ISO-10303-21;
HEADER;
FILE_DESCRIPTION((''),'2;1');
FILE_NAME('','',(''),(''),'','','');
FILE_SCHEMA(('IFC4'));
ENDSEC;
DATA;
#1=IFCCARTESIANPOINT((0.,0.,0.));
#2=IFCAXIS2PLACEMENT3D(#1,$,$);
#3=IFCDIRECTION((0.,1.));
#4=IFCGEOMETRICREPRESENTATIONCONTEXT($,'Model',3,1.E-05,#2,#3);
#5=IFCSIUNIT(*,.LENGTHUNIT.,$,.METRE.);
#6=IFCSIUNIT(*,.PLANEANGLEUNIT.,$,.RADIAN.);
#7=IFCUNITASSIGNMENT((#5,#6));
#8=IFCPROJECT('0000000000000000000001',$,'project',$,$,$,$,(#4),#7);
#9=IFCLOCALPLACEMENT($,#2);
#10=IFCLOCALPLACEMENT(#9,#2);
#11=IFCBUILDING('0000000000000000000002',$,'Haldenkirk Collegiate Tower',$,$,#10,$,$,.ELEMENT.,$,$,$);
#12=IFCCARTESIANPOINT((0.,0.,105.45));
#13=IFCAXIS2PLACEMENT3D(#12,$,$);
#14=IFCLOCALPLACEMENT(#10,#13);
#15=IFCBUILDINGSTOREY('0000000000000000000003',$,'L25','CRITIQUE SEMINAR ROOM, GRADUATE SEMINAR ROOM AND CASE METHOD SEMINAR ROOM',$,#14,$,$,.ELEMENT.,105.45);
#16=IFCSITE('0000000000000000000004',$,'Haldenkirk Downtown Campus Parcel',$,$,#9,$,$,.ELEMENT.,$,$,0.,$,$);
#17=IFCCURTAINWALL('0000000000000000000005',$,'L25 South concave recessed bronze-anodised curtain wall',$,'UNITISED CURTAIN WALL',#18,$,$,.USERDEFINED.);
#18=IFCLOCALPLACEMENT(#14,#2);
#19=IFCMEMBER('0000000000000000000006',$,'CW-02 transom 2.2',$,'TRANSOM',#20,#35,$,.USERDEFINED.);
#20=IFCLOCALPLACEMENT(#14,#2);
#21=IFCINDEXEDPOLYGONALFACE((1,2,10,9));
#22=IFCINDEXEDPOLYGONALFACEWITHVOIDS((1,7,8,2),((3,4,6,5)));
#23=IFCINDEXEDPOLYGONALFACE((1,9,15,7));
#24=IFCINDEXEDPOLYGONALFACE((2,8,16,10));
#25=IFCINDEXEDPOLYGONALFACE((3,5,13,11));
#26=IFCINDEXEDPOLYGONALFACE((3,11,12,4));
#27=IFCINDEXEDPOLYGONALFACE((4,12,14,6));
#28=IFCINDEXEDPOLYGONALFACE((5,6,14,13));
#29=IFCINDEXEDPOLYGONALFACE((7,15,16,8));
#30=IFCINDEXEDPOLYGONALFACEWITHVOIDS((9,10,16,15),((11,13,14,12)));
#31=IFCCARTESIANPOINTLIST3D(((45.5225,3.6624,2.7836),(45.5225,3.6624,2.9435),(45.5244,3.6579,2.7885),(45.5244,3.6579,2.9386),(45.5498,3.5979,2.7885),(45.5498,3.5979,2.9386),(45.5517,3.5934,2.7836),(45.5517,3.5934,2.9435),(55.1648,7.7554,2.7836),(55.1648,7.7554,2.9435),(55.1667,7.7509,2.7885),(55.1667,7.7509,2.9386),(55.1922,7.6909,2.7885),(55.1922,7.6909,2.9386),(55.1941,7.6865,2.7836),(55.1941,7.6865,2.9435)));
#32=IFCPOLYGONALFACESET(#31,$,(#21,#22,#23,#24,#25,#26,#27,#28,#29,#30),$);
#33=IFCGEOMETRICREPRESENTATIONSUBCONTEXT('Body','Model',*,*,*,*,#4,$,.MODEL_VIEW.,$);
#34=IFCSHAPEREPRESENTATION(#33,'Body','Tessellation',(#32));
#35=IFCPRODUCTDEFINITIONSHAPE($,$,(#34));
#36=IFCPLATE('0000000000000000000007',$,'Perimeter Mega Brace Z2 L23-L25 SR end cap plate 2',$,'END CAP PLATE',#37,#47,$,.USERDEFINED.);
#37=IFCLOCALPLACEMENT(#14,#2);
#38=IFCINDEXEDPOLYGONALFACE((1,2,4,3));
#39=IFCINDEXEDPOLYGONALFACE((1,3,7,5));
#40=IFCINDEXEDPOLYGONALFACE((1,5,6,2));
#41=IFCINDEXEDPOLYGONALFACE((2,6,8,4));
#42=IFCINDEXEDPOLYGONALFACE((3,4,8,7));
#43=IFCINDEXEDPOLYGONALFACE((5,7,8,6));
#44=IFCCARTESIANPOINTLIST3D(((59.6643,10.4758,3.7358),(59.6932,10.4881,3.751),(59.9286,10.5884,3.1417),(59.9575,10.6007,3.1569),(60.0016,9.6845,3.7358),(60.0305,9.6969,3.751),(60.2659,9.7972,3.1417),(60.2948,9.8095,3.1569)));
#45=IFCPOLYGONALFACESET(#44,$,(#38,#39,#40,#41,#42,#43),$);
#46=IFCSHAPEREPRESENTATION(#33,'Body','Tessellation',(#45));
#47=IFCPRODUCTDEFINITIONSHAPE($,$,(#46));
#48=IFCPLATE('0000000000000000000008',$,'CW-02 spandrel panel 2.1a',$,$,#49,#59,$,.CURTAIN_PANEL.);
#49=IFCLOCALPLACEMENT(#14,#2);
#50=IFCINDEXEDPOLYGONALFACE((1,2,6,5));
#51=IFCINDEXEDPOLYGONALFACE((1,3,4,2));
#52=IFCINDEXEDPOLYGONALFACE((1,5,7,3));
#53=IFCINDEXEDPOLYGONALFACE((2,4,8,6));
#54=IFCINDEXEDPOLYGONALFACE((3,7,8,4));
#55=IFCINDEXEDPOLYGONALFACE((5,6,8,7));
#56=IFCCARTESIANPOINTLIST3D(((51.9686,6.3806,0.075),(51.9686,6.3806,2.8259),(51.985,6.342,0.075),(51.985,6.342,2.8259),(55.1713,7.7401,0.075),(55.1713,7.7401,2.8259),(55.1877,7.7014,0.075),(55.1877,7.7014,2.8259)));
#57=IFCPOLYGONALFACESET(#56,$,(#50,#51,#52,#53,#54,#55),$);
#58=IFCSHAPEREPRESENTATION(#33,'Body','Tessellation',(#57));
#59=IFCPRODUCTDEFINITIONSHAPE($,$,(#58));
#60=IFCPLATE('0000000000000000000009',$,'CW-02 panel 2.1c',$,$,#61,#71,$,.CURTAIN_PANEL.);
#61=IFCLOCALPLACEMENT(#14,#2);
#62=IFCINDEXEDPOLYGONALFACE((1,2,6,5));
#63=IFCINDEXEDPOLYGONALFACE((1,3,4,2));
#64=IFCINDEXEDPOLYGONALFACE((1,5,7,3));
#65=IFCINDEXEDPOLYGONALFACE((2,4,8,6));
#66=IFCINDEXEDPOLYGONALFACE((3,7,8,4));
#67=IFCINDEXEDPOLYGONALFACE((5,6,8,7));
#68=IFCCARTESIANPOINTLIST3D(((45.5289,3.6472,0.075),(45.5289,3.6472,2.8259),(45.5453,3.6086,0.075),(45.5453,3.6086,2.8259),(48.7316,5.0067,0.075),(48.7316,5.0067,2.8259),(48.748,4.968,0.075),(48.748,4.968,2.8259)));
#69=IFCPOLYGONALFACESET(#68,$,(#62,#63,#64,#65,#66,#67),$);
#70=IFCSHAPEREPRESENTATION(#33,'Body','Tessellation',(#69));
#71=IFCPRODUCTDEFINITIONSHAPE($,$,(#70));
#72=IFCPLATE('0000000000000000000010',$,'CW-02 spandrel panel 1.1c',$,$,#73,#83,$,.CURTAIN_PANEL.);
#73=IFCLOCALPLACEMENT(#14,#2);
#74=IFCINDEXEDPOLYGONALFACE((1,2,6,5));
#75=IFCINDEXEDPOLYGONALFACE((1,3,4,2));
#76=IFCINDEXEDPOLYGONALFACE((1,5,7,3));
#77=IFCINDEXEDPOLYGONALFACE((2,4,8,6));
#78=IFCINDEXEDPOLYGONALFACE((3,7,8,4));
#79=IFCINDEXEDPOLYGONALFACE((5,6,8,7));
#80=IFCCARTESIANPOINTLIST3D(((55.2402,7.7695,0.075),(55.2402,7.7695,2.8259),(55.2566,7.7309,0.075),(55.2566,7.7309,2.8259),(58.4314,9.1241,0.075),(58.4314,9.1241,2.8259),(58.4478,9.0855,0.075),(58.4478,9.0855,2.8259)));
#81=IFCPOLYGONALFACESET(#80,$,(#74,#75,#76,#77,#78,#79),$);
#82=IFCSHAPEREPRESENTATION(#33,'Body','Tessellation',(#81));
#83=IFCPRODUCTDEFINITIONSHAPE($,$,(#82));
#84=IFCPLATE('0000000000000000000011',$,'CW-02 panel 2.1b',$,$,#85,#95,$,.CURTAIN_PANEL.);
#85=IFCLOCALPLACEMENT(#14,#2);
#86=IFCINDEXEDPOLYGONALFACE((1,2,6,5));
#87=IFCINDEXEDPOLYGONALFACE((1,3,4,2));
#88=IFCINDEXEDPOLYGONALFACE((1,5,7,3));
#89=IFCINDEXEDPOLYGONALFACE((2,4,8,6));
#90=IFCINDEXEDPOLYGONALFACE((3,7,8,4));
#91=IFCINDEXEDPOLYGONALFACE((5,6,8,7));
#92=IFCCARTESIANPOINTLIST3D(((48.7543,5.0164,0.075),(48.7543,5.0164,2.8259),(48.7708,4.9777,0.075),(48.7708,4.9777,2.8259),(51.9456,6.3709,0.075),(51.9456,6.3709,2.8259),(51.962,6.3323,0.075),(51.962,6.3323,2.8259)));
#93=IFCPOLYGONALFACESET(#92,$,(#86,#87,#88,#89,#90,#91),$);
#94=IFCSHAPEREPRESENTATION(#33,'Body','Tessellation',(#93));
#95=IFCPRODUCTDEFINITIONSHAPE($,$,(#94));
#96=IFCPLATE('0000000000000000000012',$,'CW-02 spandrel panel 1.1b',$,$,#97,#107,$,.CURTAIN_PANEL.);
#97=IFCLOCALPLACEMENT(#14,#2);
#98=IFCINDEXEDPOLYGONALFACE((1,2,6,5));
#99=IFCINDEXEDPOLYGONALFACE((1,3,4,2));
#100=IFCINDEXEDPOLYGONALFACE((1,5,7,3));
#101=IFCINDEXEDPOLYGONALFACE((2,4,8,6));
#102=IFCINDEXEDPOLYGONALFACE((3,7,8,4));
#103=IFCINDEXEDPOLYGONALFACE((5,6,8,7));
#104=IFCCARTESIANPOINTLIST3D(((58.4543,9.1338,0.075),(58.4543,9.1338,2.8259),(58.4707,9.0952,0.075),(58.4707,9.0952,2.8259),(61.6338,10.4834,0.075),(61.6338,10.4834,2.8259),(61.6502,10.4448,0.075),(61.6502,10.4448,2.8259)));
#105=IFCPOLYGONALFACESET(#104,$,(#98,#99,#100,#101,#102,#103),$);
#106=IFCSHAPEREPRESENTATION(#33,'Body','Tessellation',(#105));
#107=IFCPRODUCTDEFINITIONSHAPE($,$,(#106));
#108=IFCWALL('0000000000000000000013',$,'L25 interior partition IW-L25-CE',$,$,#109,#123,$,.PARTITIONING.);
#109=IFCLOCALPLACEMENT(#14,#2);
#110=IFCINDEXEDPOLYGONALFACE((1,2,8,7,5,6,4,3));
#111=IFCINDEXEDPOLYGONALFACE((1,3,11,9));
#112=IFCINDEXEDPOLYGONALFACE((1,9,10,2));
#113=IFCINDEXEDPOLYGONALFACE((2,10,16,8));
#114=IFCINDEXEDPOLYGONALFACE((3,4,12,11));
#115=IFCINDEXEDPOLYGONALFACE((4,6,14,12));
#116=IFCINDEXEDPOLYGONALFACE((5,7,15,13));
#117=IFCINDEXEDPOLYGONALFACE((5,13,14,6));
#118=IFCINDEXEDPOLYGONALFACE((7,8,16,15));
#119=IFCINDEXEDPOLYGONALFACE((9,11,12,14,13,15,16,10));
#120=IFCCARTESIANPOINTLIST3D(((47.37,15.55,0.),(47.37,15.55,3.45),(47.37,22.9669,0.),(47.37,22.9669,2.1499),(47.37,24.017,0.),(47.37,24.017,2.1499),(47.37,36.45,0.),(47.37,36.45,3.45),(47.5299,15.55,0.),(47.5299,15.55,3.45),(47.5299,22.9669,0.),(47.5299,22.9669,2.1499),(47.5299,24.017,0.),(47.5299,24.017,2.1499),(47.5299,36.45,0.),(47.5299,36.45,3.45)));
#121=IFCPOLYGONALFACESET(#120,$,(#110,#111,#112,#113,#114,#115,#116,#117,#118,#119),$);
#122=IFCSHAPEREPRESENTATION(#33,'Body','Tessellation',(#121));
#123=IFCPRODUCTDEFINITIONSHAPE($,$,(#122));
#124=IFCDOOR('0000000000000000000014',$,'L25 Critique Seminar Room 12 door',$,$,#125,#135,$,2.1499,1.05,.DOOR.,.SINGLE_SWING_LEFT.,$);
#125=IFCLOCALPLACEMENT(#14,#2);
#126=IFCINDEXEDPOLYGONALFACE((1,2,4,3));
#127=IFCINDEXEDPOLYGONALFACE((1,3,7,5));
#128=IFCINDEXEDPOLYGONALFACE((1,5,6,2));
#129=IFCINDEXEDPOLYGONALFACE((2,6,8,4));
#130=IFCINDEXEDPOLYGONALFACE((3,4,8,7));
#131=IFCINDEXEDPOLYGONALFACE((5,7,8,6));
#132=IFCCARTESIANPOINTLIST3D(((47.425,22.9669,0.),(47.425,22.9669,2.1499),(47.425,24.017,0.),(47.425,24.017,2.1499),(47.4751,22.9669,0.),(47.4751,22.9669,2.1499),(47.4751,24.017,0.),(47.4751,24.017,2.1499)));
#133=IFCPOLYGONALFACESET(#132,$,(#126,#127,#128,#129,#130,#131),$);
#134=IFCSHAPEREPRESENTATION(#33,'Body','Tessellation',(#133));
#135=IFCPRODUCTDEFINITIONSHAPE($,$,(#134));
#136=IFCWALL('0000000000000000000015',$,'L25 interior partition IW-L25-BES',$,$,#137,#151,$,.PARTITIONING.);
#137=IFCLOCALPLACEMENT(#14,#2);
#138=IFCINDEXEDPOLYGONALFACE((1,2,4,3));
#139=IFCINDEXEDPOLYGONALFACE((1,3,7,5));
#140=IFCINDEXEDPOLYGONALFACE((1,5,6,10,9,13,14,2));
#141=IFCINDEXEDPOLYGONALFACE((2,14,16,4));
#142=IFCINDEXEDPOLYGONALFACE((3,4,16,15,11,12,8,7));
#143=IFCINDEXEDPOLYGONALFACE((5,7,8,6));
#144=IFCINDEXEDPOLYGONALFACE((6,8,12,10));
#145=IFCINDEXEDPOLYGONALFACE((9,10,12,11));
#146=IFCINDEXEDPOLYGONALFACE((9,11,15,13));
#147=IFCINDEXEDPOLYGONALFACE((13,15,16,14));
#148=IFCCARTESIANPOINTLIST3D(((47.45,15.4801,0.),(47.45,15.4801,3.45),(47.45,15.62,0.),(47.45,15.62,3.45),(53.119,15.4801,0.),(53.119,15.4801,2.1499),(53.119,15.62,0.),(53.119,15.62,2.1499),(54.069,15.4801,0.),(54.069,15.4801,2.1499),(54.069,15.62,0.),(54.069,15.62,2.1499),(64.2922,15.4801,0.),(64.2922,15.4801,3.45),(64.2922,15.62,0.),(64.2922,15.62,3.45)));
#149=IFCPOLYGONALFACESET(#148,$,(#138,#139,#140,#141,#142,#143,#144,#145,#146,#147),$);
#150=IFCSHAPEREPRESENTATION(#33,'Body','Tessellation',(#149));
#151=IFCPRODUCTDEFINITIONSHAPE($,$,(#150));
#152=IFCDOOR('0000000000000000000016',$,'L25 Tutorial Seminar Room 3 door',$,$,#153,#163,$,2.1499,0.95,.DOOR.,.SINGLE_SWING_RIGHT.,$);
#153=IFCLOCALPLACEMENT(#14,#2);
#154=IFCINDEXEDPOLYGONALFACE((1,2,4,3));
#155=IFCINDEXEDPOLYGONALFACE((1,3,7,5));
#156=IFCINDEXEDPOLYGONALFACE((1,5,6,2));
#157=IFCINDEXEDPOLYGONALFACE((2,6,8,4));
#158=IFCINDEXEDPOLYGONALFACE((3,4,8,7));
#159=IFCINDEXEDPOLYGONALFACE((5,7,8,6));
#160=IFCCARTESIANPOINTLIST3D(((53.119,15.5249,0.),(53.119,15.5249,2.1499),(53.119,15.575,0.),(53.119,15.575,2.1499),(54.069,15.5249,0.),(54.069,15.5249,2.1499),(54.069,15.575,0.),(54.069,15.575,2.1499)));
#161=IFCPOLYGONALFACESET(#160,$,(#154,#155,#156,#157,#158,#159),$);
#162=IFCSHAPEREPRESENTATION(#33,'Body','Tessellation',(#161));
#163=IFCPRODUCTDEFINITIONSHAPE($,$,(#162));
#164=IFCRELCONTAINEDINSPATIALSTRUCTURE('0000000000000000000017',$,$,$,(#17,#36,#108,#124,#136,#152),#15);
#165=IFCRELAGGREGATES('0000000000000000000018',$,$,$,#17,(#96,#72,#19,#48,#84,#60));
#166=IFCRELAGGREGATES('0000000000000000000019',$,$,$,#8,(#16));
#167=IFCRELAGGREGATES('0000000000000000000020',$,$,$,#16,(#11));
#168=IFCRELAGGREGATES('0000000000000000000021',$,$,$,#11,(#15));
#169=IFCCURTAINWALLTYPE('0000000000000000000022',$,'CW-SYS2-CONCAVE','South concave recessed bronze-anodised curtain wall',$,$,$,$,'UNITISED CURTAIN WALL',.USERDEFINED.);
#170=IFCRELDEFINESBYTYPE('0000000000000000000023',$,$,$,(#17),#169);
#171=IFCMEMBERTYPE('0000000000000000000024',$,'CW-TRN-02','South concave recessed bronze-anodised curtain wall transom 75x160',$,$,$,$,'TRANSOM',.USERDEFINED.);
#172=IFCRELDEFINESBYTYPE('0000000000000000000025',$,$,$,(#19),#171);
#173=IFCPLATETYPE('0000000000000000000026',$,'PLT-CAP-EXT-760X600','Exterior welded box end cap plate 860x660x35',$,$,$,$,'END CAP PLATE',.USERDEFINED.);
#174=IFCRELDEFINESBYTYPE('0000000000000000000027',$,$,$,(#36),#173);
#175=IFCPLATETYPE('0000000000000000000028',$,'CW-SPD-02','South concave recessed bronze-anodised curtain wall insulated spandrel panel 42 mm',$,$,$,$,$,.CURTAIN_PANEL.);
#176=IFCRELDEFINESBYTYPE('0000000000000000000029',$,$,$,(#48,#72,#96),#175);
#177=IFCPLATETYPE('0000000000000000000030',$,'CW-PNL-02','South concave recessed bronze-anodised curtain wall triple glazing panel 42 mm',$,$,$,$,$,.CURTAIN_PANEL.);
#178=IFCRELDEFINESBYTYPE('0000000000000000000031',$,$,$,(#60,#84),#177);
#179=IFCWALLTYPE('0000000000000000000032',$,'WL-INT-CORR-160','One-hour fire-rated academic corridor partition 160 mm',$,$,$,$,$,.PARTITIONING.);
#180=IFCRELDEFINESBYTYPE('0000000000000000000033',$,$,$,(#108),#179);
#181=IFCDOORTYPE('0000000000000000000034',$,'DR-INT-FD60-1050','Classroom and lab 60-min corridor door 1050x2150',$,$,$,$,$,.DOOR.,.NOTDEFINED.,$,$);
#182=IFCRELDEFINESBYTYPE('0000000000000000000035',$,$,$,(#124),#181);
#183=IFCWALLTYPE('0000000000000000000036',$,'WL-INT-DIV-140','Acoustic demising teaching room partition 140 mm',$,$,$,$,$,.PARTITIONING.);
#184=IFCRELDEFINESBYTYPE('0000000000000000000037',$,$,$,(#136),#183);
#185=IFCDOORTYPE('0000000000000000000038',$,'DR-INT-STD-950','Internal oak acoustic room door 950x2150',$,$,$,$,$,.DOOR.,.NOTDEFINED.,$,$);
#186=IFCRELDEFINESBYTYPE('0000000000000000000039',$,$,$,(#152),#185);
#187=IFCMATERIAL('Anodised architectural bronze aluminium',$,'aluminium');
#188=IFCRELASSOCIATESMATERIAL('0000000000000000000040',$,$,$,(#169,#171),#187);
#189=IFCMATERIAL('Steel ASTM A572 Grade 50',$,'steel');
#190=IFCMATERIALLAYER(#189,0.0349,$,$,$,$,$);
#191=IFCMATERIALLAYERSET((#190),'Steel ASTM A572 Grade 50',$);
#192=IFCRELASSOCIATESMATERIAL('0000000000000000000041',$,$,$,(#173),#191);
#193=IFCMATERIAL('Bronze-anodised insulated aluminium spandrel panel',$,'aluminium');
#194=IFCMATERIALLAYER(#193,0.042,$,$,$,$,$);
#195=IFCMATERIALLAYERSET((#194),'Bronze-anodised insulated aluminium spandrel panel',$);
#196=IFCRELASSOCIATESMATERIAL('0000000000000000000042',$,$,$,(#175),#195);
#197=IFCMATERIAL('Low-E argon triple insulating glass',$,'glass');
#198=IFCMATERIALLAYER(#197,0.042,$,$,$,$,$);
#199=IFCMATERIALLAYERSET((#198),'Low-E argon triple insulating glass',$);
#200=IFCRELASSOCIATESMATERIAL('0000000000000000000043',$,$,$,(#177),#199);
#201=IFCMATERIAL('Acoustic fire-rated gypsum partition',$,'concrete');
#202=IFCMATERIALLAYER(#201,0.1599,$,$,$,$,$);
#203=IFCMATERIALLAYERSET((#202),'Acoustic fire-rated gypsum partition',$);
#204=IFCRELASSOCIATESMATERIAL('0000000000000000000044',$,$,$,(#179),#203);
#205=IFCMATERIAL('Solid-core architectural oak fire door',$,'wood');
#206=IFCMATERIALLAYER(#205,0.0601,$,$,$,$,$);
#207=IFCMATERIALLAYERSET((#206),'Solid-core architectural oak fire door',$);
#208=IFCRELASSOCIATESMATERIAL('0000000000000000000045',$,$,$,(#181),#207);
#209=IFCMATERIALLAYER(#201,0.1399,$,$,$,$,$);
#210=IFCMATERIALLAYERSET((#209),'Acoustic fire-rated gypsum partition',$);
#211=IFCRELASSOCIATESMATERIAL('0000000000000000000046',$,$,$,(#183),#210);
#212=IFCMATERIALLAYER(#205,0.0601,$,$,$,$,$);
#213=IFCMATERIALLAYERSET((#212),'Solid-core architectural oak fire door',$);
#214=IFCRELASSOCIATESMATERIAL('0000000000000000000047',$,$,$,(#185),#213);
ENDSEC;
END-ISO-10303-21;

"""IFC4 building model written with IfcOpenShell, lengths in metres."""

from ifc_helpers import new_model, si_unit, direction, frame, frame_2d, origin, origin_2d, place, context, subcontext, project, spatial, rectangle, hollow_rectangle, extrude, source, transform, mapped, material, layer, layer_set, material_profile, profile_set, type_object, element, fill, aggregate, save


model = new_model("IFC4")

# Units and contexts
model_context = context("Model", 3, precision=1e-05, world=origin(), true_north=direction((0.0, 1.0)))
body_context = subcontext(model_context, "Body", "Model", "MODEL_VIEW")
ifc_project = project(units=[si_unit("LENGTHUNIT", "METRE"), si_unit("PLANEANGLEUNIT", "RADIAN")], contexts=[model_context])

# Site, building, storey
site_placement = place(None, origin())
site = spatial("IfcSite", under=ifc_project, at=site_placement, Name="Haldenkirk Downtown Campus Parcel", CompositionType="ELEMENT", RefElevation=0.0)
building_placement = place(site_placement, origin())
building = spatial("IfcBuilding", under=site, at=building_placement, Name="Haldenkirk Collegiate Tower", CompositionType="ELEMENT")
storey_placement = place(building_placement, frame((0.0, 0.0, 105.45)))
storey = spatial("IfcBuildingStorey", under=building, at=storey_placement, Name="L25", Description="CRITIQUE SEMINAR ROOM, GRADUATE SEMINAR ROOM AND CASE METHOD SEMINAR ROOM", CompositionType="ELEMENT", Elevation=105.45)

# Shared definitions
ifc_material_1 = material(Name="Steel ASTM A572 Grade 50", Category="steel")

# Curtain wall, member
ifc_material_2 = material(Name="Anodised architectural bronze aluminium", Category="aluminium")
curtain_wall_type = type_object("IfcCurtainWallType", Name="CW-SYS2-CONCAVE", Description="South concave recessed bronze-anodised curtain wall", ElementType="UNITISED CURTAIN WALL", PredefinedType="USERDEFINED", material=ifc_material_2)
curtain_wall_placement = place(storey_placement, origin())
curtain_wall = element("IfcCurtainWall", 1, at=curtain_wall_placement, inside=storey, type_object=curtain_wall_type, Name="L25 South concave recessed bronze-anodised curtain wall", ObjectType="UNITISED CURTAIN WALL", PredefinedType="USERDEFINED")
ifc_material_profile_1 = material_profile(ifc_material_2, hollow_rectangle(XDim=0.075, YDim=0.1599, WallThickness=0.0049, at=origin_2d()), Name="CW-TRN-02")
ifc_profile_set_1 = profile_set([ifc_material_profile_1], Name="Anodised architectural bronze aluminium")
member_type_1 = type_object("IfcMemberType", Name="CW-TRN-02", Description="South concave recessed bronze-anodised curtain wall transom 75x160", ElementType="TRANSOM", PredefinedType="USERDEFINED", material=ifc_profile_set_1)
member_1_placement = place(storey_placement, frame((55.1794, 7.7209, 2.8635), z_axis=(-0.920502, -0.390738, 0.0), x_axis=(0.390738, -0.920502, 0.0)))
member_1 = element("IfcMember", 2, at=member_1_placement, type_object=member_type_1, Name="CW-02 transom 2.2", ObjectType="TRANSOM", PredefinedType="USERDEFINED", context=body_context, shape_type="SweptSolid", body=[
    extrude(hollow_rectangle(XDim=0.075, YDim=0.1599, WallThickness=0.0049, at=origin_2d()), origin(), (0.0, 0.0, 1.0), 10.4751),
])

# Plates
ifc_layer_1 = layer(ifc_material_1, 0.0349)
ifc_layer_set_1 = layer_set([ifc_layer_1], Name="Steel ASTM A572 Grade 50")
plate_type_1 = type_object("IfcPlateType", Name="PLT-CAP-EXT-760X600", Description="Exterior welded box end cap plate 860x660x35", ElementType="END CAP PLATE", PredefinedType="USERDEFINED", material=ifc_layer_set_1)
shared_shape_1 = source(origin(), body_context, "Body", "SweptSolid", [
    extrude(rectangle(XDim=0.8601, YDim=0.6599, at=origin_2d()), origin(), (0.0, 0.0, 1.0), 0.0349),
])
plate_1_placement = place(storey_placement, frame((59.9651, 10.1365, 3.4387), z_axis=(0.828156, 0.353042, 0.435338), x_axis=(-0.392152, 0.9199, 0.0)))
element("IfcPlate", 3, at=plate_1_placement, inside=storey, type_object=plate_type_1, Name="Perimeter Mega Brace Z2 L23-L25 SR end cap plate 2", ObjectType="END CAP PLATE", PredefinedType="USERDEFINED", context=body_context, shape_type="MappedRepresentation", body=[
    mapped(shared_shape_1, transform((0.0, 0.0, 0.0), x_axis=(1.0, 0.0, 0.0), y_axis=(0.0, 1.0, 0.0), z_axis=(0.0, 0.0, 1.0), scale=1.0)),
])
ifc_material_3 = material(Name="Bronze-anodised insulated aluminium spandrel panel", Category="aluminium")
ifc_layer_2 = layer(ifc_material_3, 0.042)
ifc_layer_set_2 = layer_set([ifc_layer_2], Name="Bronze-anodised insulated aluminium spandrel panel")
plate_type_2 = type_object("IfcPlateType", Name="CW-SPD-02", Description="South concave recessed bronze-anodised curtain wall insulated spandrel panel 42 mm", PredefinedType="CURTAIN_PANEL", material=ifc_layer_set_2)
shared_shape_2 = source(origin(), body_context, "Body", "SweptSolid", [
    extrude(rectangle(XDim=3.4792, YDim=0.042, at=origin_2d()), origin(), (0.0, 0.0, 1.0), 2.751),
])
plate_2_placement = place(storey_placement, frame((53.5781, 7.041, 0.075), z_axis=(0.0, 0.0, 1.0), x_axis=(-0.920505, -0.390731, 0.0)))
plate_2 = element("IfcPlate", 4, at=plate_2_placement, type_object=plate_type_2, Name="CW-02 spandrel panel 2.1a", PredefinedType="CURTAIN_PANEL", context=body_context, shape_type="MappedRepresentation", body=[
    mapped(shared_shape_2, transform((0.0, 0.0, 0.0), x_axis=(1.0, 0.0, 0.0), y_axis=(0.0, 1.0, 0.0), z_axis=(0.0, 0.0, 1.0), scale=1.0)),
])
ifc_material_4 = material(Name="Low-E argon triple insulating glass", Category="glass")
ifc_layer_3 = layer(ifc_material_4, 0.042)
ifc_layer_set_3 = layer_set([ifc_layer_3], Name="Low-E argon triple insulating glass")
plate_type_3 = type_object("IfcPlateType", Name="CW-PNL-02", Description="South concave recessed bronze-anodised curtain wall triple glazing panel 42 mm", PredefinedType="CURTAIN_PANEL", material=ifc_layer_set_3)
plate_3_placement = place(storey_placement, frame((47.1384, 4.3076, 0.075), z_axis=(0.0, 0.0, 1.0), x_axis=(-0.920505, -0.390731, 0.0)))
plate_3 = element("IfcPlate", 5, at=plate_3_placement, type_object=plate_type_3, Name="CW-02 panel 2.1c", PredefinedType="CURTAIN_PANEL", context=body_context, shape_type="MappedRepresentation", body=[
    mapped(shared_shape_2, transform((0.0, 0.0, 0.0), x_axis=(1.0, 0.0, 0.0), y_axis=(0.0, 1.0, 0.0), z_axis=(0.0, 0.0, 1.0), scale=1.0)),
])
shared_shape_3 = source(origin(), body_context, "Body", "SweptSolid", [
    extrude(rectangle(XDim=3.4668, YDim=0.042, at=origin_2d()), origin(), (0.0, 0.0, 1.0), 2.751),
])
plate_4_placement = place(storey_placement, frame((56.844, 8.4275, 0.075), z_axis=(0.0, 0.0, 1.0), x_axis=(-0.920505, -0.390731, 0.0)))
plate_4 = element("IfcPlate", 6, at=plate_4_placement, type_object=plate_type_2, Name="CW-02 spandrel panel 1.1c", PredefinedType="CURTAIN_PANEL", context=body_context, shape_type="MappedRepresentation", body=[
    mapped(shared_shape_3, transform((0.0, 0.0, 0.0), x_axis=(1.0, 0.0, 0.0), y_axis=(0.0, 1.0, 0.0), z_axis=(0.0, 0.0, 1.0), scale=1.0)),
])
plate_5_placement = place(storey_placement, frame((50.3582, 5.6743, 0.075), z_axis=(0.0, 0.0, 1.0), x_axis=(-0.920505, -0.390731, 0.0)))
plate_5 = element("IfcPlate", 7, at=plate_5_placement, type_object=plate_type_3, Name="CW-02 panel 2.1b", PredefinedType="CURTAIN_PANEL", context=body_context, shape_type="MappedRepresentation", body=[
    mapped(shared_shape_3, transform((0.0, 0.0, 0.0), x_axis=(1.0, 0.0, 0.0), y_axis=(0.0, 1.0, 0.0), z_axis=(0.0, 0.0, 1.0), scale=1.0)),
])
shared_shape_4 = source(origin(), body_context, "Body", "SweptSolid", [
    extrude(rectangle(XDim=3.4541, YDim=0.042, at=origin_2d()), origin(), (0.0, 0.0, 1.0), 2.751),
])
plate_6_placement = place(storey_placement, frame((60.0522, 9.7893, 0.075), z_axis=(0.0, 0.0, 1.0), x_axis=(-0.920505, -0.390731, 0.0)))
plate_6 = element("IfcPlate", 8, at=plate_6_placement, type_object=plate_type_2, Name="CW-02 spandrel panel 1.1b", PredefinedType="CURTAIN_PANEL", context=body_context, shape_type="MappedRepresentation", body=[
    mapped(shared_shape_4, transform((0.0, 0.0, 0.0), x_axis=(1.0, 0.0, 0.0), y_axis=(0.0, 1.0, 0.0), z_axis=(0.0, 0.0, 1.0), scale=1.0)),
])
aggregate(curtain_wall, [plate_6, plate_4, member_1, plate_2, plate_5, plate_3])

# Walls, openings, doors
ifc_material_5 = material(Name="Acoustic fire-rated gypsum partition", Category="concrete")
ifc_layer_4 = layer(ifc_material_5, 0.1599)
ifc_layer_set_4 = layer_set([ifc_layer_4], Name="Acoustic fire-rated gypsum partition")
wall_type_1 = type_object("IfcWallType", Name="WL-INT-CORR-160", Description="One-hour fire-rated academic corridor partition 160 mm", PredefinedType="PARTITIONING", material=ifc_layer_set_4)
wall_1_placement = place(storey_placement, frame((47.45, 15.55, 0.0), z_axis=(0.0, 0.0, 1.0), x_axis=(0.0, 1.0, 0.0)))
wall_1 = element("IfcWall", 9, at=wall_1_placement, inside=storey, type_object=wall_type_1, Name="L25 interior partition IW-L25-CE", PredefinedType="PARTITIONING", context=body_context, shape_type="SweptSolid", body=[
    extrude(rectangle(XDim=20.8999, YDim=0.1599, at=frame_2d((10.45, 0.0))), origin(), (0.0, 0.0, 1.0), 3.45),
])
opening_1_placement = place(wall_1_placement, frame((7.417, 0.0, 0.0)))
opening_1 = element("IfcOpeningElement", 10, at=opening_1_placement, cuts=wall_1, PredefinedType="OPENING", context=body_context, shape_type="SweptSolid", body=[
    extrude(rectangle(XDim=1.05, YDim=2.1499, at=frame_2d((0.5249, 1.075))), frame((0.0, 0.0898, 0.0), z_axis=(0.0, -1.0, 0.0), x_axis=(1.0, 0.0, 0.0)), (0.0, 0.0, 1.0), 0.1799),
])
ifc_material_6 = material(Name="Solid-core architectural oak fire door", Category="wood")
ifc_layer_5 = layer(ifc_material_6, 0.0601)
ifc_layer_set_5 = layer_set([ifc_layer_5], Name="Solid-core architectural oak fire door")
door_type_1 = type_object("IfcDoorType", Name="DR-INT-FD60-1050", Description="Classroom and lab 60-min corridor door 1050x2150", OperationType="NOTDEFINED", PredefinedType="DOOR", material=ifc_layer_set_5)
door_1_placement = place(opening_1_placement, origin())
door_1 = element("IfcDoor", 11, at=door_1_placement, inside=storey, type_object=door_type_1, Name="L25 Critique Seminar Room 12 door", OperationType="SINGLE_SWING_LEFT", OverallHeight=2.1499, OverallWidth=1.05, PredefinedType="DOOR", context=body_context, shape_type="SweptSolid", body=[
    extrude(rectangle(XDim=1.05, YDim=2.1499, at=frame_2d((0.5249, 1.075))), frame((0.0, 0.0249, 0.0), z_axis=(0.0, -1.0, 0.0), x_axis=(1.0, 0.0, 0.0)), (0.0, 0.0, 1.0), 0.05),
])
fill(opening_1, door_1)
ifc_layer_6 = layer(ifc_material_5, 0.1399)
ifc_layer_set_6 = layer_set([ifc_layer_6], Name="Acoustic fire-rated gypsum partition")
wall_type_2 = type_object("IfcWallType", Name="WL-INT-DIV-140", Description="Acoustic demising teaching room partition 140 mm", PredefinedType="PARTITIONING", material=ifc_layer_set_6)
wall_2_placement = place(storey_placement, frame((47.45, 15.55, 0.0), z_axis=(0.0, 0.0, 1.0), x_axis=(1.0, 0.0, 0.0)))
wall_2 = element("IfcWall", 12, at=wall_2_placement, inside=storey, type_object=wall_type_2, Name="L25 interior partition IW-L25-BES", PredefinedType="PARTITIONING", context=body_context, shape_type="SweptSolid", body=[
    extrude(rectangle(XDim=16.8423, YDim=0.1399, at=frame_2d((8.4211, 0.0))), origin(), (0.0, 0.0, 1.0), 3.45),
])
opening_2_placement = place(wall_2_placement, frame((5.6689, 0.0, 0.0)))
opening_2 = element("IfcOpeningElement", 13, at=opening_2_placement, cuts=wall_2, PredefinedType="OPENING", context=body_context, shape_type="SweptSolid", body=[
    extrude(rectangle(XDim=0.95, YDim=2.1499, at=frame_2d((0.4751, 1.075))), frame((0.0, 0.0798, 0.0), z_axis=(0.0, -1.0, 0.0), x_axis=(1.0, 0.0, 0.0)), (0.0, 0.0, 1.0), 0.1599),
])
ifc_layer_7 = layer(ifc_material_6, 0.0601)
ifc_layer_set_7 = layer_set([ifc_layer_7], Name="Solid-core architectural oak fire door")
door_type_2 = type_object("IfcDoorType", Name="DR-INT-STD-950", Description="Internal oak acoustic room door 950x2150", OperationType="NOTDEFINED", PredefinedType="DOOR", material=ifc_layer_set_7)
door_2_placement = place(opening_2_placement, origin())
door_2 = element("IfcDoor", 14, at=door_2_placement, inside=storey, type_object=door_type_2, Name="L25 Tutorial Seminar Room 3 door", OperationType="SINGLE_SWING_RIGHT", OverallHeight=2.1499, OverallWidth=0.95, PredefinedType="DOOR", context=body_context, shape_type="SweptSolid", body=[
    extrude(rectangle(XDim=0.95, YDim=2.1499, at=frame_2d((0.4751, 1.075))), frame((0.0, 0.0249, 0.0), z_axis=(0.0, -1.0, 0.0), x_axis=(1.0, 0.0, 0.0)), (0.0, 0.0, 1.0), 0.05),
])
fill(opening_2, door_2)

save(model, "model.ifc")
